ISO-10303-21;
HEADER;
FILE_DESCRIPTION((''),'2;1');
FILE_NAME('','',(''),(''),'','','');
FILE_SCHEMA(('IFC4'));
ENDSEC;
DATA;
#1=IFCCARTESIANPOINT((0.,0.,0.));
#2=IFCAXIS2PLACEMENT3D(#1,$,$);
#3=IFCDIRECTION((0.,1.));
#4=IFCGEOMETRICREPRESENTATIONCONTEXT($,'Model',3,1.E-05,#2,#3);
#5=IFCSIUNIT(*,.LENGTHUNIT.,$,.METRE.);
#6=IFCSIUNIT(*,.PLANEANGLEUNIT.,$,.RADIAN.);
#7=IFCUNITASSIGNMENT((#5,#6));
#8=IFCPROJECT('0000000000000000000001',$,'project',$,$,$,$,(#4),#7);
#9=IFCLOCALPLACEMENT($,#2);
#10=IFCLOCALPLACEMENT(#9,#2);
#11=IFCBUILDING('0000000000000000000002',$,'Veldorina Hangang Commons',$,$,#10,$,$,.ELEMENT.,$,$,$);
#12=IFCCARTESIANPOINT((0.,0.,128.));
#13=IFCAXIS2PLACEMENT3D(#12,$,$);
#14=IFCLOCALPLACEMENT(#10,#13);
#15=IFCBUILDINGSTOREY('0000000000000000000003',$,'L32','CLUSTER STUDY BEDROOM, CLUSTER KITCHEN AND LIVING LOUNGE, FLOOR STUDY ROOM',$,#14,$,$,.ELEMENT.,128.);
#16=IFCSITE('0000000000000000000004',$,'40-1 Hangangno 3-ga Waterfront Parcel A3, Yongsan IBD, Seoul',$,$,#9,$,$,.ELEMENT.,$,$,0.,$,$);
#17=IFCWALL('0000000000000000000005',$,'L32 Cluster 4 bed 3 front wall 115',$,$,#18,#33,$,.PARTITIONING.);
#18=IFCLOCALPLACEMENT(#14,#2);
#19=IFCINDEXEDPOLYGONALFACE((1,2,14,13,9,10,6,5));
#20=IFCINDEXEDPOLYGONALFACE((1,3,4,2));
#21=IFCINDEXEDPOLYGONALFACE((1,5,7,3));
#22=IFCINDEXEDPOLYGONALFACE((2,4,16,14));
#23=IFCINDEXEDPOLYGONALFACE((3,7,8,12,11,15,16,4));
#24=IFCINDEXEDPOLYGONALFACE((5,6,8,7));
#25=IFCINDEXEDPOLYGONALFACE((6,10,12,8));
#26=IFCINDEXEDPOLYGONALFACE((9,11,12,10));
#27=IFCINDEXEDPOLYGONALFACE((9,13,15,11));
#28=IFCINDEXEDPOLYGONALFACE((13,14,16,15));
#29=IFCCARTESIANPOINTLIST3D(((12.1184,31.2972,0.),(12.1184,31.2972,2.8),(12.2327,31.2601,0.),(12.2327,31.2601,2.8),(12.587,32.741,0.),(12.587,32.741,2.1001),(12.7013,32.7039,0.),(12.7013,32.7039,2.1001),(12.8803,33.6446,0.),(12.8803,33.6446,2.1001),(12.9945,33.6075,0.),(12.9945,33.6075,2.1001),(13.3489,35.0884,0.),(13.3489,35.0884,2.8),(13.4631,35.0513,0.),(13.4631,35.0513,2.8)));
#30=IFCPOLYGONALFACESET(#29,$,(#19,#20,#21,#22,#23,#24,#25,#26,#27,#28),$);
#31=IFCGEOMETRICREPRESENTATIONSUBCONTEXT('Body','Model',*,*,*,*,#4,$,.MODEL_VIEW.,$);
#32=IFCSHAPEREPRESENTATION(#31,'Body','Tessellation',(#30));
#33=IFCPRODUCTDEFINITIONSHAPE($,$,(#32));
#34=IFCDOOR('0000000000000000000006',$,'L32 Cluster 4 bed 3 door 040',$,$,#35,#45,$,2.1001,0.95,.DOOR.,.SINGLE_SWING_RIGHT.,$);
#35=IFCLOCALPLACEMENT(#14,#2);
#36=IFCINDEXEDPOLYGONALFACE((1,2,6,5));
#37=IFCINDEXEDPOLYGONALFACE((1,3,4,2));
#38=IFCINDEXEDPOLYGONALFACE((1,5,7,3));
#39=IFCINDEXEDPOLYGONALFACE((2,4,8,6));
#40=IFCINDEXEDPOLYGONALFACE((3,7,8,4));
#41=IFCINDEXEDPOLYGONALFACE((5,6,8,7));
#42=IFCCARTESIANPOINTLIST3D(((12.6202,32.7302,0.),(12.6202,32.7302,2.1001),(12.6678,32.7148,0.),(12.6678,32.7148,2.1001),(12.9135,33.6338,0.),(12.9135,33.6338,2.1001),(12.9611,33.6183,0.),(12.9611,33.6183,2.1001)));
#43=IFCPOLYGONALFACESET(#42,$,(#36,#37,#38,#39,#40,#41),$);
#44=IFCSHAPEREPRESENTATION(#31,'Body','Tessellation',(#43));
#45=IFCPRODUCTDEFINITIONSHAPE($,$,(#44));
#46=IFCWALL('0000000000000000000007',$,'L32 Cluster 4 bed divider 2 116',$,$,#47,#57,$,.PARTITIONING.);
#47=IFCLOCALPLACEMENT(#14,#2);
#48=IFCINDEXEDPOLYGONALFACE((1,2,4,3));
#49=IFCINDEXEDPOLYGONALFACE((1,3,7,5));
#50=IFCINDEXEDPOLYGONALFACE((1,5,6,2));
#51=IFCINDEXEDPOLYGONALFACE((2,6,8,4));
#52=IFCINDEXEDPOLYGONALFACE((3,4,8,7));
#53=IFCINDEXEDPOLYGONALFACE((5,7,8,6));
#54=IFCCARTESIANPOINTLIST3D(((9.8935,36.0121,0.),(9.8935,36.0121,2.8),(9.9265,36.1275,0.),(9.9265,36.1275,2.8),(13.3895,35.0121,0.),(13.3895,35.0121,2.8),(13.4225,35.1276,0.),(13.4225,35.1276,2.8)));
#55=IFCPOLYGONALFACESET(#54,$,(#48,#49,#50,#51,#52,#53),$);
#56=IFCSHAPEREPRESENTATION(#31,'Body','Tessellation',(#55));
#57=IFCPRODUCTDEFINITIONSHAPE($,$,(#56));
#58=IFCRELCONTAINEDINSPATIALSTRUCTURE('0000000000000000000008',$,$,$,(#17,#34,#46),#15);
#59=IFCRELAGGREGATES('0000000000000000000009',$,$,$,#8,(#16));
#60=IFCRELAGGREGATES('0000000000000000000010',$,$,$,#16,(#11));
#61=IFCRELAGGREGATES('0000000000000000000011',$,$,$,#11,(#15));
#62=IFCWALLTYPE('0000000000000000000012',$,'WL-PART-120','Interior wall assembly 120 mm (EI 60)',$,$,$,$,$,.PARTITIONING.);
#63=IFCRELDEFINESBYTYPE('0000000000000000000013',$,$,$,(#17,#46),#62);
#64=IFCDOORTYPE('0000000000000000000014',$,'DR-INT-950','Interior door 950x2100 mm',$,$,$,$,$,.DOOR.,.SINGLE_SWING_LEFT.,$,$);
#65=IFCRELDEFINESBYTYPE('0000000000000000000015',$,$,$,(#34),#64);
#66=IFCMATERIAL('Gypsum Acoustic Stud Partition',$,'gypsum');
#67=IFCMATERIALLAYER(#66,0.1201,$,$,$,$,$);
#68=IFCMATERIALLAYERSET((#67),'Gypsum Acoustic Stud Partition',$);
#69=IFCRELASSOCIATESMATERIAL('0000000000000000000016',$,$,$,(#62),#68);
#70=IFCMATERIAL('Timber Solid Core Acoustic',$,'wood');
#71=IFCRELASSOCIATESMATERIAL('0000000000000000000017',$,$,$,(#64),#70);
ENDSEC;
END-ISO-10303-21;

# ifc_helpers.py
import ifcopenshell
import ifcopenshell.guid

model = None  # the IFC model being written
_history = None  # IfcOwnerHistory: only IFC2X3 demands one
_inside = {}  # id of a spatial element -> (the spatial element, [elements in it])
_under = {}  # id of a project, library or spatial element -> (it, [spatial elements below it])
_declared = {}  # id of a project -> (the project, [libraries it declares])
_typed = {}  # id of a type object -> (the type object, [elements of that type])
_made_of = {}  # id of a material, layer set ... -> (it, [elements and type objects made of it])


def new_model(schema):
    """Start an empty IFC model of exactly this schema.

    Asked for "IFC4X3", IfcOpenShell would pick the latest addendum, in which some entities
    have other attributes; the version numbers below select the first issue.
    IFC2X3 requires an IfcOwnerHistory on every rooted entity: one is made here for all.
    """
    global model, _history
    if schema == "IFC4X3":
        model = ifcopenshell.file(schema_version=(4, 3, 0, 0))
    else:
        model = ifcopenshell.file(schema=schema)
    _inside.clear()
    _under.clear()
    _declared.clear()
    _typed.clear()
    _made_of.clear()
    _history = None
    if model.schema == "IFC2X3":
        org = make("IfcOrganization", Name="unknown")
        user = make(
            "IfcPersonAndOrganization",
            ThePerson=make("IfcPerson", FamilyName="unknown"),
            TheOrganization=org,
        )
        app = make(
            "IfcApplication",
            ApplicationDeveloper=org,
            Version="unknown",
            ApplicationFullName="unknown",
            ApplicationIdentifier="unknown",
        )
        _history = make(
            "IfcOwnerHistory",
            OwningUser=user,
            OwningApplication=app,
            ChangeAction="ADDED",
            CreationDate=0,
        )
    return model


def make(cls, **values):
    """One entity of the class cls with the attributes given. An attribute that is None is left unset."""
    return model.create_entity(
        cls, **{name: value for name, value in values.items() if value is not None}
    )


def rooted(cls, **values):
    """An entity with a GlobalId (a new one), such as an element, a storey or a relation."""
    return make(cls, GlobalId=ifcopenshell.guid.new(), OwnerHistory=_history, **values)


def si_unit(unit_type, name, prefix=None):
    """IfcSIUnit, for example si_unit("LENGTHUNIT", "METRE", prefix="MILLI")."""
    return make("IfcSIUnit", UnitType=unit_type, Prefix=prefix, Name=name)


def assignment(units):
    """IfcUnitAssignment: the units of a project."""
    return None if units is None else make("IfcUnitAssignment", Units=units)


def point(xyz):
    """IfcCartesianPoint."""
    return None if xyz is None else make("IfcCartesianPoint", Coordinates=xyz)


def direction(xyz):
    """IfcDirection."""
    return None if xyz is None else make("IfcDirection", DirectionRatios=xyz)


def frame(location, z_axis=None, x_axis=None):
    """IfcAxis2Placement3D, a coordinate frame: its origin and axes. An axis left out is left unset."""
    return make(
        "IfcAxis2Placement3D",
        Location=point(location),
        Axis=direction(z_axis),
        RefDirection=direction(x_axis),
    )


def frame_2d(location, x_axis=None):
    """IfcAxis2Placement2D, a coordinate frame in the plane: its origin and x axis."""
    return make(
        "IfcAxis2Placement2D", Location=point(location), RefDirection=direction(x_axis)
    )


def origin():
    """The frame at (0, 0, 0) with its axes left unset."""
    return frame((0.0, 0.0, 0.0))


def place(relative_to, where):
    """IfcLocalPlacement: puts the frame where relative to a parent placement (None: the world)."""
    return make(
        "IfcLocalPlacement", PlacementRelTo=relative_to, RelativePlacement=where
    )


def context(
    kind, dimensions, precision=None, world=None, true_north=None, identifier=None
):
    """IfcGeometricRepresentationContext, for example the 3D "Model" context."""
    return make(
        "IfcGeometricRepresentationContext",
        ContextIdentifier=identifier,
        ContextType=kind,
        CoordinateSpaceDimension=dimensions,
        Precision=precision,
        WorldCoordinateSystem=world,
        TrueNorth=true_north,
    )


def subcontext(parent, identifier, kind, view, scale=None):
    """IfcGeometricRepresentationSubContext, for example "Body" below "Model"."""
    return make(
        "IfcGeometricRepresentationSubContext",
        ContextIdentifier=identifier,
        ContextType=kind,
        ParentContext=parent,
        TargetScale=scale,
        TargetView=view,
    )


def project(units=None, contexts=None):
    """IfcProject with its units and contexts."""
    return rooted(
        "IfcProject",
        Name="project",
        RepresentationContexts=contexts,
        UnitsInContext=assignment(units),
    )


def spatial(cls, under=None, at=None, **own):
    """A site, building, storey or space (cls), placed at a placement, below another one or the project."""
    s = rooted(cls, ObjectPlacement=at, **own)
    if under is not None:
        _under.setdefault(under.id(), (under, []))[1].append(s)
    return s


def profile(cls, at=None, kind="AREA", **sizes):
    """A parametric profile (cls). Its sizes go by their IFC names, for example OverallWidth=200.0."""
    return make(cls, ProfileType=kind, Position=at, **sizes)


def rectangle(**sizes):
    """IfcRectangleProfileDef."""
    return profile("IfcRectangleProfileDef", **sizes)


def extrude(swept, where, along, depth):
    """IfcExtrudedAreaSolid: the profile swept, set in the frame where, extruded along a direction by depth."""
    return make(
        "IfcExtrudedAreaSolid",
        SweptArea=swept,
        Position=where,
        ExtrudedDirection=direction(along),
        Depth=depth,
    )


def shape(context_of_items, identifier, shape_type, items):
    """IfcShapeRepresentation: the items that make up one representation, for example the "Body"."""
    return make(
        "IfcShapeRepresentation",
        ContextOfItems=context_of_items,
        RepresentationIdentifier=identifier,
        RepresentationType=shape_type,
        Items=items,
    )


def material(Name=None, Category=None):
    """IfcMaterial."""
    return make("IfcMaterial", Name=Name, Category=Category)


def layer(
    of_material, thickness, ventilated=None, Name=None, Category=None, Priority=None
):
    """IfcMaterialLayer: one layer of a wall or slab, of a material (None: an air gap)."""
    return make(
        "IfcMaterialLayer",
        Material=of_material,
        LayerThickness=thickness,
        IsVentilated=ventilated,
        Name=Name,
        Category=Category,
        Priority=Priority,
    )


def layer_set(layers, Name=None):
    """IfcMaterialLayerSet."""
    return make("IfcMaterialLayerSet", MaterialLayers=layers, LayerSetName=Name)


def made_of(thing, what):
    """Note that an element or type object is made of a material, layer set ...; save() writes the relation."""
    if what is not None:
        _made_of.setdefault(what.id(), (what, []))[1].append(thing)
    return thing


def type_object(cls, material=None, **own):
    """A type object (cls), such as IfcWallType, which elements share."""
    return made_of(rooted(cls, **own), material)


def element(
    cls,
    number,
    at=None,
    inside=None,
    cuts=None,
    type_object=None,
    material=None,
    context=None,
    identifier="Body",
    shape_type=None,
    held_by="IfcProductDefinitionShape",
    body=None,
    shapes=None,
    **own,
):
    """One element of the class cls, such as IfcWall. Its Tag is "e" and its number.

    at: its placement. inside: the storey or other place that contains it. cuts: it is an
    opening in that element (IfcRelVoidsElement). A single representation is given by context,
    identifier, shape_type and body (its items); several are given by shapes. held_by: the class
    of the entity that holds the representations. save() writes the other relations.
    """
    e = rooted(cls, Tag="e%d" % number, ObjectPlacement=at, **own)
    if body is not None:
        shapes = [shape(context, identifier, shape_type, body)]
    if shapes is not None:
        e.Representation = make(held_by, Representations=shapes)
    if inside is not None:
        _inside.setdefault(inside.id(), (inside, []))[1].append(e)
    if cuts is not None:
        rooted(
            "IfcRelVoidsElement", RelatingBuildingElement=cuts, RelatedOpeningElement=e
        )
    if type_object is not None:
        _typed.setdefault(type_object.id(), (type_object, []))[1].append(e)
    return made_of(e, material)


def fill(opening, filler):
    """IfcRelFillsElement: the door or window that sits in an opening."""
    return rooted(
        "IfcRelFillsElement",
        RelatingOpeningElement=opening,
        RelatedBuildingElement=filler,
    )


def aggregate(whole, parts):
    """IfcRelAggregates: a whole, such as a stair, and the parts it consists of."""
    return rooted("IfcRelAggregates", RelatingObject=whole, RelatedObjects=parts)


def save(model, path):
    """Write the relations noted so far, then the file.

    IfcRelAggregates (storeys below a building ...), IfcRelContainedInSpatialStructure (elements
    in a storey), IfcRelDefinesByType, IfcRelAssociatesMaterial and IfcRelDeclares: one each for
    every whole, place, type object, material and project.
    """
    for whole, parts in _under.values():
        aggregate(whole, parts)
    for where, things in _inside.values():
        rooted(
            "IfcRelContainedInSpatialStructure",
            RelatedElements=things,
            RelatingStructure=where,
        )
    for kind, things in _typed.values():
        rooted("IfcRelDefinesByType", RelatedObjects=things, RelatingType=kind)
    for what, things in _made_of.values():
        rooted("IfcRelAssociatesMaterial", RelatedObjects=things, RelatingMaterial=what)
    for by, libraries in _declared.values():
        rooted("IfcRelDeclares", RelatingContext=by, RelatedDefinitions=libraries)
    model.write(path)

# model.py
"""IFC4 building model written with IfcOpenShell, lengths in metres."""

from ifc_helpers import new_model, si_unit, direction, frame, frame_2d, origin, place, context, subcontext, project, spatial, rectangle, extrude, material, layer, layer_set, type_object, element, fill, save


model = new_model("IFC4")

# Units and contexts
model_context = context("Model", 3, precision=1e-05, world=origin(), true_north=direction((0.0, 1.0)))
body_context = subcontext(model_context, "Body", "Model", "MODEL_VIEW")
ifc_project = project(units=[si_unit("LENGTHUNIT", "METRE"), si_unit("PLANEANGLEUNIT", "RADIAN")], contexts=[model_context])

# Site, building, storey
site_placement = place(None, origin())
site = spatial("IfcSite", under=ifc_project, at=site_placement, Name="40-1 Hangangno 3-ga Waterfront Parcel A3, Yongsan IBD, Seoul", CompositionType="ELEMENT", RefElevation=0.0)
building_placement = place(site_placement, origin())
building = spatial("IfcBuilding", under=site, at=building_placement, Name="Veldorina Hangang Commons", CompositionType="ELEMENT")
storey_placement = place(building_placement, frame((0.0, 0.0, 128.0)))
storey = spatial("IfcBuildingStorey", under=building, at=storey_placement, Name="L32", Description="CLUSTER STUDY BEDROOM, CLUSTER KITCHEN AND LIVING LOUNGE, FLOOR STUDY ROOM", CompositionType="ELEMENT", Elevation=128.0)

# Shared definitions
ifc_material_1 = material(Name="Gypsum Acoustic Stud Partition", Category="gypsum")
ifc_layer_1 = layer(ifc_material_1, 0.1201)
ifc_layer_set_1 = layer_set([ifc_layer_1], Name="Gypsum Acoustic Stud Partition")
wall_type_1 = type_object("IfcWallType", Name="WL-PART-120", Description="Interior wall assembly 120 mm (EI 60)", PredefinedType="PARTITIONING", material=ifc_layer_set_1)
ifc_material_2 = material(Name="Timber Solid Core Acoustic", Category="wood")
door_type = type_object("IfcDoorType", Name="DR-INT-950", Description="Interior door 950x2100 mm", OperationType="SINGLE_SWING_LEFT", PredefinedType="DOOR", material=ifc_material_2)

# Wall, opening, door
wall_1_placement = place(storey_placement, frame((13.406, 35.0698, 0.0), z_axis=(0.0, 0.0, 1.0), x_axis=(-0.308702, -0.951159, 0.0)))
wall_1 = element("IfcWall", 1, at=wall_1_placement, inside=storey, type_object=wall_type_1, Name="L32 Cluster 4 bed 3 front wall 115", PredefinedType="PARTITIONING", context=body_context, shape_type="SweptSolid", body=[
    extrude(rectangle(XDim=3.9858, YDim=0.1201, at=frame_2d((1.9929, 0.0))), origin(), (0.0, 0.0, 1.0), 2.8),
])
opening_1_placement = place(wall_1_placement, frame((1.5178, 0.0, 0.0)))
opening_1 = element("IfcOpeningElement", 2, at=opening_1_placement, cuts=wall_1, PredefinedType="OPENING", context=body_context, shape_type="SweptSolid", body=[
    extrude(rectangle(XDim=0.95, YDim=2.1001, at=frame_2d((0.4751, 1.05))), frame((0.0, 0.0701, 0.0), z_axis=(0.0, -1.0, 0.0), x_axis=(1.0, 0.0, 0.0)), (0.0, 0.0, 1.0), 0.1401),
])
door_1_placement = place(opening_1_placement, origin())
door_1 = element("IfcDoor", 3, at=door_1_placement, inside=storey, type_object=door_type, Name="L32 Cluster 4 bed 3 door 040", OperationType="SINGLE_SWING_RIGHT", OverallHeight=2.1001, OverallWidth=0.95, PredefinedType="DOOR", context=body_context, shape_type="SweptSolid", body=[
    extrude(rectangle(XDim=0.95, YDim=2.1001, at=frame_2d((0.4751, 1.05))), frame((0.0, 0.0249, 0.0), z_axis=(0.0, -1.0, 0.0), x_axis=(1.0, 0.0, 0.0)), (0.0, 0.0, 1.0), 0.05),
])
fill(opening_1, door_1)

# Wall
wall_2_placement = place(storey_placement, frame((13.406, 35.0698, 0.0), z_axis=(0.0, 0.0, 1.0), x_axis=(-0.961443, 0.275005, 0.0)))
element("IfcWall", 4, at=wall_2_placement, inside=storey, type_object=wall_type_1, Name="L32 Cluster 4 bed divider 2 116", PredefinedType="PARTITIONING", context=body_context, shape_type="SweptSolid", body=[
    extrude(rectangle(XDim=3.6362, YDim=0.1201, at=frame_2d((1.8181, 0.0))), origin(), (0.0, 0.0, 1.0), 2.8),
])

save(model, "model.ifc")
